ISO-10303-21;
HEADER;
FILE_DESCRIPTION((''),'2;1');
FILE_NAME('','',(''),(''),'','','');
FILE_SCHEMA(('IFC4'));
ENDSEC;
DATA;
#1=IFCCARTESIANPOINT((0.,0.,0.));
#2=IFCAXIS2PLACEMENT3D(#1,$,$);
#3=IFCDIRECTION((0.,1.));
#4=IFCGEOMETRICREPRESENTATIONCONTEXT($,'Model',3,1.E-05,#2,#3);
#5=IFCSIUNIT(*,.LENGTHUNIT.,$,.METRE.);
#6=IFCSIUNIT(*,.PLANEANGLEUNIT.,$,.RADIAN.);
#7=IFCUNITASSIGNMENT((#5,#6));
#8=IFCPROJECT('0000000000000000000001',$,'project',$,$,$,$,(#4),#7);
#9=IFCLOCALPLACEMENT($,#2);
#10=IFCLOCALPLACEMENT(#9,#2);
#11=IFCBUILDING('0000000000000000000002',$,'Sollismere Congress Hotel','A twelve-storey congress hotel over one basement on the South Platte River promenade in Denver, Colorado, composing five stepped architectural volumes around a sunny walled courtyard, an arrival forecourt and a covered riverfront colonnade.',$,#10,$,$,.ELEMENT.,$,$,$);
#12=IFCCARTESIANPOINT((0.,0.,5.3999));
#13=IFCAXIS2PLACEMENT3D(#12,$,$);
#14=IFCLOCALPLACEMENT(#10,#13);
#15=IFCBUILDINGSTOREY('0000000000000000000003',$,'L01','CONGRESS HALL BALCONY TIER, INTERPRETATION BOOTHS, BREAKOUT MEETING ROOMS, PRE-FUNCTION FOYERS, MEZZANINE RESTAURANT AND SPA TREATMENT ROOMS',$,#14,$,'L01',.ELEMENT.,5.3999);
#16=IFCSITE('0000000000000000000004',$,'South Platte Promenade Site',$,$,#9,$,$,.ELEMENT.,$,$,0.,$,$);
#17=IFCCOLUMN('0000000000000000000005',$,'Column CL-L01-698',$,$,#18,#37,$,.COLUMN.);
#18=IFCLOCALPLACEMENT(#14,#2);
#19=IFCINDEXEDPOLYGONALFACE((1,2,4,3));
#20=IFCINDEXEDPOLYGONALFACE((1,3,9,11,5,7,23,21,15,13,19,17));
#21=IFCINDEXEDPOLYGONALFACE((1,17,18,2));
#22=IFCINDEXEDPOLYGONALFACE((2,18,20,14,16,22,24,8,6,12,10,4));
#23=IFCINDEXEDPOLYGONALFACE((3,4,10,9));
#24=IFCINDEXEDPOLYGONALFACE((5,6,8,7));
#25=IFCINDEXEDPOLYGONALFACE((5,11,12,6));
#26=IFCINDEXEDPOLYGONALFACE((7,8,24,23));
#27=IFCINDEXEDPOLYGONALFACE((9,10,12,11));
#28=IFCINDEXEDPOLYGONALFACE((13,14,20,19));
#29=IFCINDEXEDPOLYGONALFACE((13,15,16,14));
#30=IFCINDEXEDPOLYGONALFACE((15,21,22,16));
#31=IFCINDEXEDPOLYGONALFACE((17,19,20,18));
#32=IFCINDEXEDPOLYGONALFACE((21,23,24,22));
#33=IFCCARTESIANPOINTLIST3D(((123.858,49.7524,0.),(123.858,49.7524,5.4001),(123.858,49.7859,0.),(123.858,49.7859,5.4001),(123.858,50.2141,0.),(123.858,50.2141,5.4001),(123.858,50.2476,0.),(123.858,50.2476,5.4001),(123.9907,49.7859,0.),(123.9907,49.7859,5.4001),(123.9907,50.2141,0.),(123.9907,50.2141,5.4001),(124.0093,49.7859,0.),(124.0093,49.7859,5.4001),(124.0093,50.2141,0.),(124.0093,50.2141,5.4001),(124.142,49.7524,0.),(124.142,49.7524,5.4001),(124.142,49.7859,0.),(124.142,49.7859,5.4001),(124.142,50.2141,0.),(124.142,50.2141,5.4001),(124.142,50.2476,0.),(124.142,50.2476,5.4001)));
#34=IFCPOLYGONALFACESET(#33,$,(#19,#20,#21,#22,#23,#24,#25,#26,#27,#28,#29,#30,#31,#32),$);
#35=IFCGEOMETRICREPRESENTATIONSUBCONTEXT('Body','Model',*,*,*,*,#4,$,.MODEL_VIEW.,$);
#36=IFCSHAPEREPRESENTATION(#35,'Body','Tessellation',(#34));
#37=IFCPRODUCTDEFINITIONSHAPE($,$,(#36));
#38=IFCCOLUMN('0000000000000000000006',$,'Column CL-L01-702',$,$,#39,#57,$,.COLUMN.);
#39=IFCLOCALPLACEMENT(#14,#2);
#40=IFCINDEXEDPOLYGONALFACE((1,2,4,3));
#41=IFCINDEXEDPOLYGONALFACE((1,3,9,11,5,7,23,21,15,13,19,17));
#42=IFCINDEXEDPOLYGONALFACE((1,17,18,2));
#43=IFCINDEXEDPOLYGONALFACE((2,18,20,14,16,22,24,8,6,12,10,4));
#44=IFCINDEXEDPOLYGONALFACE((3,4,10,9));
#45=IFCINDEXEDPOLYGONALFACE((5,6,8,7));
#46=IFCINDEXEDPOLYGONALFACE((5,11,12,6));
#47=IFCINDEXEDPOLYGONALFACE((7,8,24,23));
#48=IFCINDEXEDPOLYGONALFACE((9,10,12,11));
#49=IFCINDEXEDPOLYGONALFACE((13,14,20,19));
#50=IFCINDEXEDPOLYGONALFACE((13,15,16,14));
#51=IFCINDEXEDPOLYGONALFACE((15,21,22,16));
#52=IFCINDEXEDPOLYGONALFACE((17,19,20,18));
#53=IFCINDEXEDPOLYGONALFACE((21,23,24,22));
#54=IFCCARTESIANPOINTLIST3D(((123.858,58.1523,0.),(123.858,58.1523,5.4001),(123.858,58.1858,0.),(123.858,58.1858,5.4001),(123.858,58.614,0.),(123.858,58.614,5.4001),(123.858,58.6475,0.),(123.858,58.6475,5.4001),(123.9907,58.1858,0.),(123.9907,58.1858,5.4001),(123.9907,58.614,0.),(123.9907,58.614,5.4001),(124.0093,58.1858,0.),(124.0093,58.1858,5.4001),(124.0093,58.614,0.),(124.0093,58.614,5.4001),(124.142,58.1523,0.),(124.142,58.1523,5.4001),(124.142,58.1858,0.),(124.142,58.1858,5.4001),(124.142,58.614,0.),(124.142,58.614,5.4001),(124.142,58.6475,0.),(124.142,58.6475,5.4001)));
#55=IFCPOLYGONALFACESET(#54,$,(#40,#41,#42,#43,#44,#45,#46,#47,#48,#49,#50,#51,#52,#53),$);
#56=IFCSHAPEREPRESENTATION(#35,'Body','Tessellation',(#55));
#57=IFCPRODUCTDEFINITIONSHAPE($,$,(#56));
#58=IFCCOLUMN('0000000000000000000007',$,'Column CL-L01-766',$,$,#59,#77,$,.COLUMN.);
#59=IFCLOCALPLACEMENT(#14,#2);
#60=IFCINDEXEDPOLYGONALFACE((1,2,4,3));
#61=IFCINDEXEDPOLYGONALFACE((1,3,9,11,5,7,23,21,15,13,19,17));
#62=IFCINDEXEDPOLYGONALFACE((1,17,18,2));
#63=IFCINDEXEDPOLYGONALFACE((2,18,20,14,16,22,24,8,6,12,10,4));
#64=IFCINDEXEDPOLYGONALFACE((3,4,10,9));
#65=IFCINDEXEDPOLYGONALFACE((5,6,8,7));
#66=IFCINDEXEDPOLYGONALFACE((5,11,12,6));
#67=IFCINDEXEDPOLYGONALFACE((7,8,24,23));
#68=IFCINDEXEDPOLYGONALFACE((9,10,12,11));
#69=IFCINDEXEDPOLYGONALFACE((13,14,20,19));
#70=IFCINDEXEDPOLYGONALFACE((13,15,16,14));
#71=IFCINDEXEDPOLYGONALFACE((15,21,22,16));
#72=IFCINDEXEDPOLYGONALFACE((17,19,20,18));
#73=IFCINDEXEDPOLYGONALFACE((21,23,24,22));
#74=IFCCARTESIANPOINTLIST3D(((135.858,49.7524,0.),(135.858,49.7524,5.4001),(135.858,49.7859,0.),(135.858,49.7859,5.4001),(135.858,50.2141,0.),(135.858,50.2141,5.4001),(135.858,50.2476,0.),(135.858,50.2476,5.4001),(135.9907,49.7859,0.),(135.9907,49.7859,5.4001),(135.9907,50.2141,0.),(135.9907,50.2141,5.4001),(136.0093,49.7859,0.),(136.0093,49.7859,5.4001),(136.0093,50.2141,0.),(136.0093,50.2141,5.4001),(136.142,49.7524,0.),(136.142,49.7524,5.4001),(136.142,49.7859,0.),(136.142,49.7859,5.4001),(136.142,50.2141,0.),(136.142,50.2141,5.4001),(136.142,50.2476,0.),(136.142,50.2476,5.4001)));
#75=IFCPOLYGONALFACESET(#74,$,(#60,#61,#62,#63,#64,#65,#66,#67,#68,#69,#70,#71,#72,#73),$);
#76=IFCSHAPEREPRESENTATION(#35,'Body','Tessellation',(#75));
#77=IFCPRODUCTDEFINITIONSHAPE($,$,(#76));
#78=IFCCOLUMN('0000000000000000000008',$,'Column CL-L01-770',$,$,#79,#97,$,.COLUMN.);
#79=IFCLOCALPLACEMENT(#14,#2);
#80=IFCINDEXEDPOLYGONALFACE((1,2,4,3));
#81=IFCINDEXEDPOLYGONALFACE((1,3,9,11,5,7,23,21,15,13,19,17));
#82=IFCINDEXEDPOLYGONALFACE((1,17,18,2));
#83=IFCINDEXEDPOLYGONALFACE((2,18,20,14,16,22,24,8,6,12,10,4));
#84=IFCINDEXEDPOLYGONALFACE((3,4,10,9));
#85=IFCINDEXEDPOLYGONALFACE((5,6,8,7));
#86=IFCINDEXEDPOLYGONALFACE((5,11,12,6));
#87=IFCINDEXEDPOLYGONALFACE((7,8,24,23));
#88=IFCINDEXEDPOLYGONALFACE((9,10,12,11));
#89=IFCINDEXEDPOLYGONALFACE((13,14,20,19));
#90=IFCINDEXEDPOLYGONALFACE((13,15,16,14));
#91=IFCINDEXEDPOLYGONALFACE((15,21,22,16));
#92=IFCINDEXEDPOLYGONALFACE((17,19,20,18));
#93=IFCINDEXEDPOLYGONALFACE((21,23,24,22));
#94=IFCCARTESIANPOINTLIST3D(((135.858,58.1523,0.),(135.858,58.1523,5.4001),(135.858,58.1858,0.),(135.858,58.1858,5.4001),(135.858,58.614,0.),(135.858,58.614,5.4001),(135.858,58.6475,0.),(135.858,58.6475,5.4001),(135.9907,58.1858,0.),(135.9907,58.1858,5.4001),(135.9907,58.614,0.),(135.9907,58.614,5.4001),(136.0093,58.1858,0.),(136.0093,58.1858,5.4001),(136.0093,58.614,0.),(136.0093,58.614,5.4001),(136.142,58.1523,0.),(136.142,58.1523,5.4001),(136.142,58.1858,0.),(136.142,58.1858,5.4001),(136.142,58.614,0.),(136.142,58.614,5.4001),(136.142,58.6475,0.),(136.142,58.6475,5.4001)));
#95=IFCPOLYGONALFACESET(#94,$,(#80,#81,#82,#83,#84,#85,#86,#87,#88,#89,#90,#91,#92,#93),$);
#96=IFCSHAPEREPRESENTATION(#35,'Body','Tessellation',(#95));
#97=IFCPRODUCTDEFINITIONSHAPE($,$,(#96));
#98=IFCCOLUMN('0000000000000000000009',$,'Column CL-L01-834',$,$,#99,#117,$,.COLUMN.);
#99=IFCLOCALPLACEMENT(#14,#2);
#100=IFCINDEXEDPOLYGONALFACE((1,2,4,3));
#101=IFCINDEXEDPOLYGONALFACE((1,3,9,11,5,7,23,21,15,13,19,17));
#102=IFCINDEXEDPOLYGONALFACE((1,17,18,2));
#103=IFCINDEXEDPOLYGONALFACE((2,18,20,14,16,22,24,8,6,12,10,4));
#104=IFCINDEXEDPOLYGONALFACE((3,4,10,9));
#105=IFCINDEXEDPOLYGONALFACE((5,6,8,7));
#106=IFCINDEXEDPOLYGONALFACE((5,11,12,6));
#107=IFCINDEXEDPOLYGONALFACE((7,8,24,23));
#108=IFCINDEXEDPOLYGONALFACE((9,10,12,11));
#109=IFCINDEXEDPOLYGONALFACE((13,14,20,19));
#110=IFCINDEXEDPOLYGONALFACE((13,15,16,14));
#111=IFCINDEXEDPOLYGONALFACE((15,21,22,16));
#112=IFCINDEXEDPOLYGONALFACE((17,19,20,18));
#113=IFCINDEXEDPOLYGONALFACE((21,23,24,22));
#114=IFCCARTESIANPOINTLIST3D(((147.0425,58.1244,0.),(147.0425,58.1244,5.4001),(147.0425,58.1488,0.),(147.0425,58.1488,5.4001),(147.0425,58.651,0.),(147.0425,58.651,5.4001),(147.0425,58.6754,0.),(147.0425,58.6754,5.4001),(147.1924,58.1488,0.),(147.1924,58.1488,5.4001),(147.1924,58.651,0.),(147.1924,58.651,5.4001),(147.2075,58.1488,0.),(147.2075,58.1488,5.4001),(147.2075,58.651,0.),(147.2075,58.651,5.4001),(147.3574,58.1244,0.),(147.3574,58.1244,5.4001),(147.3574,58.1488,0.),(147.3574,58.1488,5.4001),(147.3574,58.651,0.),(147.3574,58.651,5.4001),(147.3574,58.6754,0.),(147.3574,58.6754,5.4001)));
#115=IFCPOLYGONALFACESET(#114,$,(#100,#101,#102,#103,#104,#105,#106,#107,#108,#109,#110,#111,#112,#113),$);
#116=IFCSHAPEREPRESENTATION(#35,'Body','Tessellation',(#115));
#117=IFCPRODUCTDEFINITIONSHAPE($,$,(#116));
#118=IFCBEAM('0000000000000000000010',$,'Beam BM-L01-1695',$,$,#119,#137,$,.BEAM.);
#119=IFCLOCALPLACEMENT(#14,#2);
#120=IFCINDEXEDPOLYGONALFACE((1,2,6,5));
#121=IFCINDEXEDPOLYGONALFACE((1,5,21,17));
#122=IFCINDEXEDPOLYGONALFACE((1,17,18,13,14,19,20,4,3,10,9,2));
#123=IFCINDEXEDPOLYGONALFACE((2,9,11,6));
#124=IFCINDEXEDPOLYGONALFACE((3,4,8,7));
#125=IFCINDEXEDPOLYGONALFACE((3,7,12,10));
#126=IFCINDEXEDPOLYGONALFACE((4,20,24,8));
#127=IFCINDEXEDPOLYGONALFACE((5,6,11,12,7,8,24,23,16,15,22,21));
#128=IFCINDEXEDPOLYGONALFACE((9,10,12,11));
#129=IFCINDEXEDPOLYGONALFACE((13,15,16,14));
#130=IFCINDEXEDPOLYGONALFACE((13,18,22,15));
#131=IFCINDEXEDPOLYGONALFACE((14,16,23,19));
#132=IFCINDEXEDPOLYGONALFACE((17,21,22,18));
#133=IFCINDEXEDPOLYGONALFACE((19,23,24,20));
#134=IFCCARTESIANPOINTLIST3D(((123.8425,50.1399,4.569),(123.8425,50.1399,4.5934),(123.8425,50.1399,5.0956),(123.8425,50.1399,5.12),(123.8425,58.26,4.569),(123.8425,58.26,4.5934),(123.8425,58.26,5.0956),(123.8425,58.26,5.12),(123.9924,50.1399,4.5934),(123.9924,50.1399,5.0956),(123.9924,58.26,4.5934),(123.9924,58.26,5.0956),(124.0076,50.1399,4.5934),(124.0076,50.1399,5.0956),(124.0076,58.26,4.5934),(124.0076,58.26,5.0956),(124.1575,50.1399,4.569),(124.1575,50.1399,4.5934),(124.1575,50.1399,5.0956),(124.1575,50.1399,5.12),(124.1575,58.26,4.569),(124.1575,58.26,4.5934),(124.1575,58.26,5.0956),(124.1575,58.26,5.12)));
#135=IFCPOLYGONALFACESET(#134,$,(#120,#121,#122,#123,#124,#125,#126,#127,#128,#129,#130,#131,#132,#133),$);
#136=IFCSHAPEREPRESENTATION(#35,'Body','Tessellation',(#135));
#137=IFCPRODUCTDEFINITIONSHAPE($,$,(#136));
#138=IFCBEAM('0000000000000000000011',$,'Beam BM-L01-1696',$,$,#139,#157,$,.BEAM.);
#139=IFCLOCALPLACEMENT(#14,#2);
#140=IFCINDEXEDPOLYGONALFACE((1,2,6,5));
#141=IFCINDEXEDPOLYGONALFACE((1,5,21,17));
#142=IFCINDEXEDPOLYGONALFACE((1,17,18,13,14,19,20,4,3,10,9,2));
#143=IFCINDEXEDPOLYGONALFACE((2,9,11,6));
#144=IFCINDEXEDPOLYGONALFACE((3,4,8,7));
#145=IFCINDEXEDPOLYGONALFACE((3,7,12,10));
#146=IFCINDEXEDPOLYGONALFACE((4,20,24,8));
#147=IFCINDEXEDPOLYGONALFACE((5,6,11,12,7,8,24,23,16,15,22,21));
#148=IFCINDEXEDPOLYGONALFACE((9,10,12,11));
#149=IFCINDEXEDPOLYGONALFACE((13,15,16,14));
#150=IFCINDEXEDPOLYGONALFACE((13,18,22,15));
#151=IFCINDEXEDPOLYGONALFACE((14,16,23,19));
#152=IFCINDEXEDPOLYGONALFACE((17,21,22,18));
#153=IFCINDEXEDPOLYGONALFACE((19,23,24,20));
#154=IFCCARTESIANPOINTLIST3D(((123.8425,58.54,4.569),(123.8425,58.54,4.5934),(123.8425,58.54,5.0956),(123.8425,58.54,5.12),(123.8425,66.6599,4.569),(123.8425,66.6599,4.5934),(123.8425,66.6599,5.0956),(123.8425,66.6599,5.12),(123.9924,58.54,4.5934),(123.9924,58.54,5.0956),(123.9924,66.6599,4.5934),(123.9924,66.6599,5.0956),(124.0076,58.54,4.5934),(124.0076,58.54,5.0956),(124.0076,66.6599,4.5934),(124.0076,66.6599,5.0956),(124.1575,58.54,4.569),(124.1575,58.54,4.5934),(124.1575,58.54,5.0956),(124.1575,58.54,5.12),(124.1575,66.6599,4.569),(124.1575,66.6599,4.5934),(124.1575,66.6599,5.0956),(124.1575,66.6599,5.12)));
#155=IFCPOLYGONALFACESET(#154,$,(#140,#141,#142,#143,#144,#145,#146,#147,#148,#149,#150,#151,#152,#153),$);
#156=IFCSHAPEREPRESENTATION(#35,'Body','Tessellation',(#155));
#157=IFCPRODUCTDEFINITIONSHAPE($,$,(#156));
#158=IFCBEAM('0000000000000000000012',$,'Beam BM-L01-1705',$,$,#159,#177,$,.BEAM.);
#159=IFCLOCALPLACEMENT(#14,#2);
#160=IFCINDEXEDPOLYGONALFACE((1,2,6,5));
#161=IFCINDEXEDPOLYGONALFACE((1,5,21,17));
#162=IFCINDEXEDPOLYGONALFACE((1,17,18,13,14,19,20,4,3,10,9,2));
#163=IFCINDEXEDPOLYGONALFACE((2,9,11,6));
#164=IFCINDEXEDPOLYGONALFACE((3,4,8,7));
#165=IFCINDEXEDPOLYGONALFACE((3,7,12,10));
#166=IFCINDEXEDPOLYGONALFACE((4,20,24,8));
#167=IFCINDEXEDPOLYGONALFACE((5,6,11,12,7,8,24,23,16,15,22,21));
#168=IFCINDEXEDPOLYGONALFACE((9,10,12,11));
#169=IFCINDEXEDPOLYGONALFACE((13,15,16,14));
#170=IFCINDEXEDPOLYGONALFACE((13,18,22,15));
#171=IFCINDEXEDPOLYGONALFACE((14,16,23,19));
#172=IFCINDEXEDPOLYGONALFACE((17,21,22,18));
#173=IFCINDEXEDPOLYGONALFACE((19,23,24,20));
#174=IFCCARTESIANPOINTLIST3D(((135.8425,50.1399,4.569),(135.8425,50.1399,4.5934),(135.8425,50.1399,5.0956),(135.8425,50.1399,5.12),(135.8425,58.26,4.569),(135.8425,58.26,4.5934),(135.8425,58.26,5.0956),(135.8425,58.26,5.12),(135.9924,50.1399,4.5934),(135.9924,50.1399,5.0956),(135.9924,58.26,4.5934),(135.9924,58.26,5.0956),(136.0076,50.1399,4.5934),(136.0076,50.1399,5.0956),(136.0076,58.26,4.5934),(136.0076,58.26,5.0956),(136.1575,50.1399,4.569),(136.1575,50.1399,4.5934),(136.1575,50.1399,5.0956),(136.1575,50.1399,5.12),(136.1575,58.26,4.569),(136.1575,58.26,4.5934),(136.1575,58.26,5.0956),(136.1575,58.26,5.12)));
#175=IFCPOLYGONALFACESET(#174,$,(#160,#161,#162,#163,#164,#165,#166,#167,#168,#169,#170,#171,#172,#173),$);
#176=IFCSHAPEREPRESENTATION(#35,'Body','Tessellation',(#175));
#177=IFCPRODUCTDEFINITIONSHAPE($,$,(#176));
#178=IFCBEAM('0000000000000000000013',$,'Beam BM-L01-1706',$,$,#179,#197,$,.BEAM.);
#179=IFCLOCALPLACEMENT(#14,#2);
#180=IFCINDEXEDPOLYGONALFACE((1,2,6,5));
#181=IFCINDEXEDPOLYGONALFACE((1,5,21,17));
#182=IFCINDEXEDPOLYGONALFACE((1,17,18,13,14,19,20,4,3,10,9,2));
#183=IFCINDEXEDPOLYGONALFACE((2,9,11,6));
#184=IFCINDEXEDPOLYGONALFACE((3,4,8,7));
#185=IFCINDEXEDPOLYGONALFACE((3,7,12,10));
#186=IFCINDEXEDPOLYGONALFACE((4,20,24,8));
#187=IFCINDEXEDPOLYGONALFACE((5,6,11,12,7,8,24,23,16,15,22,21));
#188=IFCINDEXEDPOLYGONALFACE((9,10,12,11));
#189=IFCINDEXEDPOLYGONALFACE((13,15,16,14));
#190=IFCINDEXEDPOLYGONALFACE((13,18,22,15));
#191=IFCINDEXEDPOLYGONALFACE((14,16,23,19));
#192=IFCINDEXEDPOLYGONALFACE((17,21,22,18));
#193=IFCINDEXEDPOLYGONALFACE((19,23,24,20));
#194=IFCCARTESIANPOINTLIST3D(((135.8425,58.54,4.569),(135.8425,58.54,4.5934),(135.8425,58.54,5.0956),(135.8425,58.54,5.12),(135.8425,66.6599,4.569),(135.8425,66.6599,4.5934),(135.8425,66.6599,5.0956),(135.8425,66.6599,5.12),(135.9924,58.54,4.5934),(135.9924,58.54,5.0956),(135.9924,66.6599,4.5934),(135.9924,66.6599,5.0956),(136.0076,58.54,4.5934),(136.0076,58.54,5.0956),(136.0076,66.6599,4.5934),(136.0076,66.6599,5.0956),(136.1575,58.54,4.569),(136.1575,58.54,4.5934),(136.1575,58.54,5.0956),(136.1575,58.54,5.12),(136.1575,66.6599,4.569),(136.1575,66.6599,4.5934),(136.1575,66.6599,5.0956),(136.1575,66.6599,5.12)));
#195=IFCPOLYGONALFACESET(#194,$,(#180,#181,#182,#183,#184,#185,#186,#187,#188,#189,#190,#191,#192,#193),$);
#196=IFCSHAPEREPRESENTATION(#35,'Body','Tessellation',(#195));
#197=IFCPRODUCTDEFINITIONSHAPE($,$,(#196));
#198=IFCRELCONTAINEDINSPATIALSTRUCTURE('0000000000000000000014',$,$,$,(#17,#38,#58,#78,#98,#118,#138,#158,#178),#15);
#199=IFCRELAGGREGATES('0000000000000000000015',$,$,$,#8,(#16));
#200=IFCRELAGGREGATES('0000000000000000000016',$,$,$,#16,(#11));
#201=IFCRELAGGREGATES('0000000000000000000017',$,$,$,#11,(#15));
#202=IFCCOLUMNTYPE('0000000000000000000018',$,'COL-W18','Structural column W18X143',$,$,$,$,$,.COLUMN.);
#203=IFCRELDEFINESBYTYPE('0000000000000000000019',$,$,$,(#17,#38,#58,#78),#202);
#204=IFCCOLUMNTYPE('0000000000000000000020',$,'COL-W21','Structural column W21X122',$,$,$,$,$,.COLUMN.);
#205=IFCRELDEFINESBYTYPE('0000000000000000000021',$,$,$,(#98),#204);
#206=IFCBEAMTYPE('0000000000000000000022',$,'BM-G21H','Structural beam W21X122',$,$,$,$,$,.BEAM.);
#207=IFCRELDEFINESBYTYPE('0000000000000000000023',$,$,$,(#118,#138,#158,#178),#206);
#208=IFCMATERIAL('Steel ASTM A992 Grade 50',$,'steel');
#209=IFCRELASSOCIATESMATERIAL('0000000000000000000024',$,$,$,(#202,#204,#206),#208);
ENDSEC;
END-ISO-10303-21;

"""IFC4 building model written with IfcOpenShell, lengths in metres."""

from ifc_helpers import new_model, si_unit, direction, frame, origin, origin_2d, place, context, subcontext, project, spatial, i_section, extrude, material, material_profile, profile_set, type_object, element, save


model = new_model("IFC4")

# Units and contexts
model_context = context("Model", 3, precision=1e-05, world=origin(), true_north=direction((0.0, 1.0)))
body_context = subcontext(model_context, "Body", "Model", "MODEL_VIEW")
ifc_project = project(units=[si_unit("LENGTHUNIT", "METRE"), si_unit("PLANEANGLEUNIT", "RADIAN")], contexts=[model_context])

# Site, building, storey
site_placement = place(None, origin())
site = spatial("IfcSite", under=ifc_project, at=site_placement, Name="South Platte Promenade Site", CompositionType="ELEMENT", RefElevation=0.0)
building_placement = place(site_placement, origin())
building = spatial("IfcBuilding", under=site, at=building_placement, Name="Sollismere Congress Hotel", Description="A twelve-storey congress hotel over one basement on the South Platte River promenade in Denver, Colorado, composing five stepped architectural volumes around a sunny walled courtyard, an arrival forecourt and a covered riverfront colonnade.", CompositionType="ELEMENT")
storey_placement = place(building_placement, frame((0.0, 0.0, 5.3999)))
storey = spatial("IfcBuildingStorey", under=building, at=storey_placement, Name="L01", Description="CONGRESS HALL BALCONY TIER, INTERPRETATION BOOTHS, BREAKOUT MEETING ROOMS, PRE-FUNCTION FOYERS, MEZZANINE RESTAURANT AND SPA TREATMENT ROOMS", LongName="L01", CompositionType="ELEMENT", Elevation=5.3999)

# Columns
ifc_material_1 = material(Name="Steel ASTM A992 Grade 50", Category="steel")
ifc_material_profile_1 = material_profile(ifc_material_1, i_section(OverallWidth=0.2839, OverallDepth=0.4951, WebThickness=0.0186, FlangeThickness=0.0334, at=origin_2d()), Name="W18X143")
ifc_profile_set_1 = profile_set([ifc_material_profile_1], Name="Steel ASTM A992 Grade 50")
column_type_1 = type_object("IfcColumnType", Name="COL-W18", Description="Structural column W18X143", PredefinedType="COLUMN", material=ifc_profile_set_1)
for number, where, z_axis, x_axis, name in (
    (1, (124.0, 50.0, 0.0), (0.0, 0.0, 1.0), (1.0, 0.0, 0.0), "Column CL-L01-698"),
    (2, (124.0, 58.3999, 0.0), (0.0, 0.0, 1.0), (1.0, 0.0, 0.0), "Column CL-L01-702"),
    (3, (136.0, 50.0, 0.0), (0.0, 0.0, 1.0), (1.0, 0.0, 0.0), "Column CL-L01-766"),
    (4, (136.0, 58.3999, 0.0), (0.0, 0.0, 1.0), (1.0, 0.0, 0.0), "Column CL-L01-770"),
):
    element("IfcColumn", number, at=place(storey_placement, frame(where, z_axis=z_axis, x_axis=x_axis)), inside=storey, type_object=column_type_1, Name=name, PredefinedType="COLUMN", context=body_context, shape_type="SweptSolid", body=[
        extrude(i_section(OverallWidth=0.2839, OverallDepth=0.4951, WebThickness=0.0186, FlangeThickness=0.0334, at=origin_2d()), origin(), (0.0, 0.0, 1.0), 5.4001),
    ])
ifc_material_profile_2 = material_profile(ifc_material_1, i_section(OverallWidth=0.3149, OverallDepth=0.551, WebThickness=0.0151, FlangeThickness=0.0244, at=origin_2d()), Name="W21X122")
ifc_profile_set_2 = profile_set([ifc_material_profile_2], Name="Steel ASTM A992 Grade 50")
column_type_2 = type_object("IfcColumnType", Name="COL-W21", Description="Structural column W21X122", PredefinedType="COLUMN", material=ifc_profile_set_2)
column_placement = place(storey_placement, frame((147.2, 58.3999, 0.0), z_axis=(0.0, 0.0, 1.0), x_axis=(1.0, 0.0, 0.0)))
element("IfcColumn", 5, at=column_placement, inside=storey, type_object=column_type_2, Name="Column CL-L01-834", PredefinedType="COLUMN", context=body_context, shape_type="SweptSolid", body=[
    extrude(i_section(OverallWidth=0.3149, OverallDepth=0.551, WebThickness=0.0151, FlangeThickness=0.0244, at=origin_2d()), origin(), (0.0, 0.0, 1.0), 5.4001),
])

# Beams
ifc_material_profile_3 = material_profile(ifc_material_1, i_section(OverallWidth=0.3149, OverallDepth=0.551, WebThickness=0.0151, FlangeThickness=0.0244, at=origin_2d()), Name="W21X122")
ifc_profile_set_3 = profile_set([ifc_material_profile_3], Name="Steel ASTM A992 Grade 50")
beam_type_1 = type_object("IfcBeamType", Name="BM-G21H", Description="Structural beam W21X122", PredefinedType="BEAM", material=ifc_profile_set_3)
beam_1_placement = place(storey_placement, frame((124.0, 50.1399, 4.8445), z_axis=(0.0, 1.0, 0.0), x_axis=(-1.0, 0.0, 0.0)))
element("IfcBeam", 6, at=beam_1_placement, inside=storey, type_object=beam_type_1, Name="Beam BM-L01-1695", PredefinedType="BEAM", context=body_context, shape_type="SweptSolid", body=[
    extrude(i_section(OverallWidth=0.3149, OverallDepth=0.551, WebThickness=0.0151, FlangeThickness=0.0244, at=origin_2d()), origin(), (0.0, 0.0, 1.0), 8.1201),
])
beam_2_placement = place(storey_placement, frame((124.0, 58.54, 4.8445), z_axis=(0.0, 1.0, 0.0), x_axis=(-1.0, 0.0, 0.0)))
element("IfcBeam", 7, at=beam_2_placement, inside=storey, type_object=beam_type_1, Name="Beam BM-L01-1696", PredefinedType="BEAM", context=body_context, shape_type="SweptSolid", body=[
    extrude(i_section(OverallWidth=0.3149, OverallDepth=0.551, WebThickness=0.0151, FlangeThickness=0.0244, at=origin_2d()), origin(), (0.0, 0.0, 1.0), 8.1199),
])
beam_3_placement = place(storey_placement, frame((136.0, 50.1399, 4.8445), z_axis=(0.0, 1.0, 0.0), x_axis=(-1.0, 0.0, 0.0)))
element("IfcBeam", 8, at=beam_3_placement, inside=storey, type_object=beam_type_1, Name="Beam BM-L01-1705", PredefinedType="BEAM", context=body_context, shape_type="SweptSolid", body=[
    extrude(i_section(OverallWidth=0.3149, OverallDepth=0.551, WebThickness=0.0151, FlangeThickness=0.0244, at=origin_2d()), origin(), (0.0, 0.0, 1.0), 8.1201),
])
beam_4_placement = place(storey_placement, frame((136.0, 58.54, 4.8445), z_axis=(0.0, 1.0, 0.0), x_axis=(-1.0, 0.0, 0.0)))
element("IfcBeam", 9, at=beam_4_placement, inside=storey, type_object=beam_type_1, Name="Beam BM-L01-1706", PredefinedType="BEAM", context=body_context, shape_type="SweptSolid", body=[
    extrude(i_section(OverallWidth=0.3149, OverallDepth=0.551, WebThickness=0.0151, FlangeThickness=0.0244, at=origin_2d()), origin(), (0.0, 0.0, 1.0), 8.1199),
])

save(model, "model.ifc")
